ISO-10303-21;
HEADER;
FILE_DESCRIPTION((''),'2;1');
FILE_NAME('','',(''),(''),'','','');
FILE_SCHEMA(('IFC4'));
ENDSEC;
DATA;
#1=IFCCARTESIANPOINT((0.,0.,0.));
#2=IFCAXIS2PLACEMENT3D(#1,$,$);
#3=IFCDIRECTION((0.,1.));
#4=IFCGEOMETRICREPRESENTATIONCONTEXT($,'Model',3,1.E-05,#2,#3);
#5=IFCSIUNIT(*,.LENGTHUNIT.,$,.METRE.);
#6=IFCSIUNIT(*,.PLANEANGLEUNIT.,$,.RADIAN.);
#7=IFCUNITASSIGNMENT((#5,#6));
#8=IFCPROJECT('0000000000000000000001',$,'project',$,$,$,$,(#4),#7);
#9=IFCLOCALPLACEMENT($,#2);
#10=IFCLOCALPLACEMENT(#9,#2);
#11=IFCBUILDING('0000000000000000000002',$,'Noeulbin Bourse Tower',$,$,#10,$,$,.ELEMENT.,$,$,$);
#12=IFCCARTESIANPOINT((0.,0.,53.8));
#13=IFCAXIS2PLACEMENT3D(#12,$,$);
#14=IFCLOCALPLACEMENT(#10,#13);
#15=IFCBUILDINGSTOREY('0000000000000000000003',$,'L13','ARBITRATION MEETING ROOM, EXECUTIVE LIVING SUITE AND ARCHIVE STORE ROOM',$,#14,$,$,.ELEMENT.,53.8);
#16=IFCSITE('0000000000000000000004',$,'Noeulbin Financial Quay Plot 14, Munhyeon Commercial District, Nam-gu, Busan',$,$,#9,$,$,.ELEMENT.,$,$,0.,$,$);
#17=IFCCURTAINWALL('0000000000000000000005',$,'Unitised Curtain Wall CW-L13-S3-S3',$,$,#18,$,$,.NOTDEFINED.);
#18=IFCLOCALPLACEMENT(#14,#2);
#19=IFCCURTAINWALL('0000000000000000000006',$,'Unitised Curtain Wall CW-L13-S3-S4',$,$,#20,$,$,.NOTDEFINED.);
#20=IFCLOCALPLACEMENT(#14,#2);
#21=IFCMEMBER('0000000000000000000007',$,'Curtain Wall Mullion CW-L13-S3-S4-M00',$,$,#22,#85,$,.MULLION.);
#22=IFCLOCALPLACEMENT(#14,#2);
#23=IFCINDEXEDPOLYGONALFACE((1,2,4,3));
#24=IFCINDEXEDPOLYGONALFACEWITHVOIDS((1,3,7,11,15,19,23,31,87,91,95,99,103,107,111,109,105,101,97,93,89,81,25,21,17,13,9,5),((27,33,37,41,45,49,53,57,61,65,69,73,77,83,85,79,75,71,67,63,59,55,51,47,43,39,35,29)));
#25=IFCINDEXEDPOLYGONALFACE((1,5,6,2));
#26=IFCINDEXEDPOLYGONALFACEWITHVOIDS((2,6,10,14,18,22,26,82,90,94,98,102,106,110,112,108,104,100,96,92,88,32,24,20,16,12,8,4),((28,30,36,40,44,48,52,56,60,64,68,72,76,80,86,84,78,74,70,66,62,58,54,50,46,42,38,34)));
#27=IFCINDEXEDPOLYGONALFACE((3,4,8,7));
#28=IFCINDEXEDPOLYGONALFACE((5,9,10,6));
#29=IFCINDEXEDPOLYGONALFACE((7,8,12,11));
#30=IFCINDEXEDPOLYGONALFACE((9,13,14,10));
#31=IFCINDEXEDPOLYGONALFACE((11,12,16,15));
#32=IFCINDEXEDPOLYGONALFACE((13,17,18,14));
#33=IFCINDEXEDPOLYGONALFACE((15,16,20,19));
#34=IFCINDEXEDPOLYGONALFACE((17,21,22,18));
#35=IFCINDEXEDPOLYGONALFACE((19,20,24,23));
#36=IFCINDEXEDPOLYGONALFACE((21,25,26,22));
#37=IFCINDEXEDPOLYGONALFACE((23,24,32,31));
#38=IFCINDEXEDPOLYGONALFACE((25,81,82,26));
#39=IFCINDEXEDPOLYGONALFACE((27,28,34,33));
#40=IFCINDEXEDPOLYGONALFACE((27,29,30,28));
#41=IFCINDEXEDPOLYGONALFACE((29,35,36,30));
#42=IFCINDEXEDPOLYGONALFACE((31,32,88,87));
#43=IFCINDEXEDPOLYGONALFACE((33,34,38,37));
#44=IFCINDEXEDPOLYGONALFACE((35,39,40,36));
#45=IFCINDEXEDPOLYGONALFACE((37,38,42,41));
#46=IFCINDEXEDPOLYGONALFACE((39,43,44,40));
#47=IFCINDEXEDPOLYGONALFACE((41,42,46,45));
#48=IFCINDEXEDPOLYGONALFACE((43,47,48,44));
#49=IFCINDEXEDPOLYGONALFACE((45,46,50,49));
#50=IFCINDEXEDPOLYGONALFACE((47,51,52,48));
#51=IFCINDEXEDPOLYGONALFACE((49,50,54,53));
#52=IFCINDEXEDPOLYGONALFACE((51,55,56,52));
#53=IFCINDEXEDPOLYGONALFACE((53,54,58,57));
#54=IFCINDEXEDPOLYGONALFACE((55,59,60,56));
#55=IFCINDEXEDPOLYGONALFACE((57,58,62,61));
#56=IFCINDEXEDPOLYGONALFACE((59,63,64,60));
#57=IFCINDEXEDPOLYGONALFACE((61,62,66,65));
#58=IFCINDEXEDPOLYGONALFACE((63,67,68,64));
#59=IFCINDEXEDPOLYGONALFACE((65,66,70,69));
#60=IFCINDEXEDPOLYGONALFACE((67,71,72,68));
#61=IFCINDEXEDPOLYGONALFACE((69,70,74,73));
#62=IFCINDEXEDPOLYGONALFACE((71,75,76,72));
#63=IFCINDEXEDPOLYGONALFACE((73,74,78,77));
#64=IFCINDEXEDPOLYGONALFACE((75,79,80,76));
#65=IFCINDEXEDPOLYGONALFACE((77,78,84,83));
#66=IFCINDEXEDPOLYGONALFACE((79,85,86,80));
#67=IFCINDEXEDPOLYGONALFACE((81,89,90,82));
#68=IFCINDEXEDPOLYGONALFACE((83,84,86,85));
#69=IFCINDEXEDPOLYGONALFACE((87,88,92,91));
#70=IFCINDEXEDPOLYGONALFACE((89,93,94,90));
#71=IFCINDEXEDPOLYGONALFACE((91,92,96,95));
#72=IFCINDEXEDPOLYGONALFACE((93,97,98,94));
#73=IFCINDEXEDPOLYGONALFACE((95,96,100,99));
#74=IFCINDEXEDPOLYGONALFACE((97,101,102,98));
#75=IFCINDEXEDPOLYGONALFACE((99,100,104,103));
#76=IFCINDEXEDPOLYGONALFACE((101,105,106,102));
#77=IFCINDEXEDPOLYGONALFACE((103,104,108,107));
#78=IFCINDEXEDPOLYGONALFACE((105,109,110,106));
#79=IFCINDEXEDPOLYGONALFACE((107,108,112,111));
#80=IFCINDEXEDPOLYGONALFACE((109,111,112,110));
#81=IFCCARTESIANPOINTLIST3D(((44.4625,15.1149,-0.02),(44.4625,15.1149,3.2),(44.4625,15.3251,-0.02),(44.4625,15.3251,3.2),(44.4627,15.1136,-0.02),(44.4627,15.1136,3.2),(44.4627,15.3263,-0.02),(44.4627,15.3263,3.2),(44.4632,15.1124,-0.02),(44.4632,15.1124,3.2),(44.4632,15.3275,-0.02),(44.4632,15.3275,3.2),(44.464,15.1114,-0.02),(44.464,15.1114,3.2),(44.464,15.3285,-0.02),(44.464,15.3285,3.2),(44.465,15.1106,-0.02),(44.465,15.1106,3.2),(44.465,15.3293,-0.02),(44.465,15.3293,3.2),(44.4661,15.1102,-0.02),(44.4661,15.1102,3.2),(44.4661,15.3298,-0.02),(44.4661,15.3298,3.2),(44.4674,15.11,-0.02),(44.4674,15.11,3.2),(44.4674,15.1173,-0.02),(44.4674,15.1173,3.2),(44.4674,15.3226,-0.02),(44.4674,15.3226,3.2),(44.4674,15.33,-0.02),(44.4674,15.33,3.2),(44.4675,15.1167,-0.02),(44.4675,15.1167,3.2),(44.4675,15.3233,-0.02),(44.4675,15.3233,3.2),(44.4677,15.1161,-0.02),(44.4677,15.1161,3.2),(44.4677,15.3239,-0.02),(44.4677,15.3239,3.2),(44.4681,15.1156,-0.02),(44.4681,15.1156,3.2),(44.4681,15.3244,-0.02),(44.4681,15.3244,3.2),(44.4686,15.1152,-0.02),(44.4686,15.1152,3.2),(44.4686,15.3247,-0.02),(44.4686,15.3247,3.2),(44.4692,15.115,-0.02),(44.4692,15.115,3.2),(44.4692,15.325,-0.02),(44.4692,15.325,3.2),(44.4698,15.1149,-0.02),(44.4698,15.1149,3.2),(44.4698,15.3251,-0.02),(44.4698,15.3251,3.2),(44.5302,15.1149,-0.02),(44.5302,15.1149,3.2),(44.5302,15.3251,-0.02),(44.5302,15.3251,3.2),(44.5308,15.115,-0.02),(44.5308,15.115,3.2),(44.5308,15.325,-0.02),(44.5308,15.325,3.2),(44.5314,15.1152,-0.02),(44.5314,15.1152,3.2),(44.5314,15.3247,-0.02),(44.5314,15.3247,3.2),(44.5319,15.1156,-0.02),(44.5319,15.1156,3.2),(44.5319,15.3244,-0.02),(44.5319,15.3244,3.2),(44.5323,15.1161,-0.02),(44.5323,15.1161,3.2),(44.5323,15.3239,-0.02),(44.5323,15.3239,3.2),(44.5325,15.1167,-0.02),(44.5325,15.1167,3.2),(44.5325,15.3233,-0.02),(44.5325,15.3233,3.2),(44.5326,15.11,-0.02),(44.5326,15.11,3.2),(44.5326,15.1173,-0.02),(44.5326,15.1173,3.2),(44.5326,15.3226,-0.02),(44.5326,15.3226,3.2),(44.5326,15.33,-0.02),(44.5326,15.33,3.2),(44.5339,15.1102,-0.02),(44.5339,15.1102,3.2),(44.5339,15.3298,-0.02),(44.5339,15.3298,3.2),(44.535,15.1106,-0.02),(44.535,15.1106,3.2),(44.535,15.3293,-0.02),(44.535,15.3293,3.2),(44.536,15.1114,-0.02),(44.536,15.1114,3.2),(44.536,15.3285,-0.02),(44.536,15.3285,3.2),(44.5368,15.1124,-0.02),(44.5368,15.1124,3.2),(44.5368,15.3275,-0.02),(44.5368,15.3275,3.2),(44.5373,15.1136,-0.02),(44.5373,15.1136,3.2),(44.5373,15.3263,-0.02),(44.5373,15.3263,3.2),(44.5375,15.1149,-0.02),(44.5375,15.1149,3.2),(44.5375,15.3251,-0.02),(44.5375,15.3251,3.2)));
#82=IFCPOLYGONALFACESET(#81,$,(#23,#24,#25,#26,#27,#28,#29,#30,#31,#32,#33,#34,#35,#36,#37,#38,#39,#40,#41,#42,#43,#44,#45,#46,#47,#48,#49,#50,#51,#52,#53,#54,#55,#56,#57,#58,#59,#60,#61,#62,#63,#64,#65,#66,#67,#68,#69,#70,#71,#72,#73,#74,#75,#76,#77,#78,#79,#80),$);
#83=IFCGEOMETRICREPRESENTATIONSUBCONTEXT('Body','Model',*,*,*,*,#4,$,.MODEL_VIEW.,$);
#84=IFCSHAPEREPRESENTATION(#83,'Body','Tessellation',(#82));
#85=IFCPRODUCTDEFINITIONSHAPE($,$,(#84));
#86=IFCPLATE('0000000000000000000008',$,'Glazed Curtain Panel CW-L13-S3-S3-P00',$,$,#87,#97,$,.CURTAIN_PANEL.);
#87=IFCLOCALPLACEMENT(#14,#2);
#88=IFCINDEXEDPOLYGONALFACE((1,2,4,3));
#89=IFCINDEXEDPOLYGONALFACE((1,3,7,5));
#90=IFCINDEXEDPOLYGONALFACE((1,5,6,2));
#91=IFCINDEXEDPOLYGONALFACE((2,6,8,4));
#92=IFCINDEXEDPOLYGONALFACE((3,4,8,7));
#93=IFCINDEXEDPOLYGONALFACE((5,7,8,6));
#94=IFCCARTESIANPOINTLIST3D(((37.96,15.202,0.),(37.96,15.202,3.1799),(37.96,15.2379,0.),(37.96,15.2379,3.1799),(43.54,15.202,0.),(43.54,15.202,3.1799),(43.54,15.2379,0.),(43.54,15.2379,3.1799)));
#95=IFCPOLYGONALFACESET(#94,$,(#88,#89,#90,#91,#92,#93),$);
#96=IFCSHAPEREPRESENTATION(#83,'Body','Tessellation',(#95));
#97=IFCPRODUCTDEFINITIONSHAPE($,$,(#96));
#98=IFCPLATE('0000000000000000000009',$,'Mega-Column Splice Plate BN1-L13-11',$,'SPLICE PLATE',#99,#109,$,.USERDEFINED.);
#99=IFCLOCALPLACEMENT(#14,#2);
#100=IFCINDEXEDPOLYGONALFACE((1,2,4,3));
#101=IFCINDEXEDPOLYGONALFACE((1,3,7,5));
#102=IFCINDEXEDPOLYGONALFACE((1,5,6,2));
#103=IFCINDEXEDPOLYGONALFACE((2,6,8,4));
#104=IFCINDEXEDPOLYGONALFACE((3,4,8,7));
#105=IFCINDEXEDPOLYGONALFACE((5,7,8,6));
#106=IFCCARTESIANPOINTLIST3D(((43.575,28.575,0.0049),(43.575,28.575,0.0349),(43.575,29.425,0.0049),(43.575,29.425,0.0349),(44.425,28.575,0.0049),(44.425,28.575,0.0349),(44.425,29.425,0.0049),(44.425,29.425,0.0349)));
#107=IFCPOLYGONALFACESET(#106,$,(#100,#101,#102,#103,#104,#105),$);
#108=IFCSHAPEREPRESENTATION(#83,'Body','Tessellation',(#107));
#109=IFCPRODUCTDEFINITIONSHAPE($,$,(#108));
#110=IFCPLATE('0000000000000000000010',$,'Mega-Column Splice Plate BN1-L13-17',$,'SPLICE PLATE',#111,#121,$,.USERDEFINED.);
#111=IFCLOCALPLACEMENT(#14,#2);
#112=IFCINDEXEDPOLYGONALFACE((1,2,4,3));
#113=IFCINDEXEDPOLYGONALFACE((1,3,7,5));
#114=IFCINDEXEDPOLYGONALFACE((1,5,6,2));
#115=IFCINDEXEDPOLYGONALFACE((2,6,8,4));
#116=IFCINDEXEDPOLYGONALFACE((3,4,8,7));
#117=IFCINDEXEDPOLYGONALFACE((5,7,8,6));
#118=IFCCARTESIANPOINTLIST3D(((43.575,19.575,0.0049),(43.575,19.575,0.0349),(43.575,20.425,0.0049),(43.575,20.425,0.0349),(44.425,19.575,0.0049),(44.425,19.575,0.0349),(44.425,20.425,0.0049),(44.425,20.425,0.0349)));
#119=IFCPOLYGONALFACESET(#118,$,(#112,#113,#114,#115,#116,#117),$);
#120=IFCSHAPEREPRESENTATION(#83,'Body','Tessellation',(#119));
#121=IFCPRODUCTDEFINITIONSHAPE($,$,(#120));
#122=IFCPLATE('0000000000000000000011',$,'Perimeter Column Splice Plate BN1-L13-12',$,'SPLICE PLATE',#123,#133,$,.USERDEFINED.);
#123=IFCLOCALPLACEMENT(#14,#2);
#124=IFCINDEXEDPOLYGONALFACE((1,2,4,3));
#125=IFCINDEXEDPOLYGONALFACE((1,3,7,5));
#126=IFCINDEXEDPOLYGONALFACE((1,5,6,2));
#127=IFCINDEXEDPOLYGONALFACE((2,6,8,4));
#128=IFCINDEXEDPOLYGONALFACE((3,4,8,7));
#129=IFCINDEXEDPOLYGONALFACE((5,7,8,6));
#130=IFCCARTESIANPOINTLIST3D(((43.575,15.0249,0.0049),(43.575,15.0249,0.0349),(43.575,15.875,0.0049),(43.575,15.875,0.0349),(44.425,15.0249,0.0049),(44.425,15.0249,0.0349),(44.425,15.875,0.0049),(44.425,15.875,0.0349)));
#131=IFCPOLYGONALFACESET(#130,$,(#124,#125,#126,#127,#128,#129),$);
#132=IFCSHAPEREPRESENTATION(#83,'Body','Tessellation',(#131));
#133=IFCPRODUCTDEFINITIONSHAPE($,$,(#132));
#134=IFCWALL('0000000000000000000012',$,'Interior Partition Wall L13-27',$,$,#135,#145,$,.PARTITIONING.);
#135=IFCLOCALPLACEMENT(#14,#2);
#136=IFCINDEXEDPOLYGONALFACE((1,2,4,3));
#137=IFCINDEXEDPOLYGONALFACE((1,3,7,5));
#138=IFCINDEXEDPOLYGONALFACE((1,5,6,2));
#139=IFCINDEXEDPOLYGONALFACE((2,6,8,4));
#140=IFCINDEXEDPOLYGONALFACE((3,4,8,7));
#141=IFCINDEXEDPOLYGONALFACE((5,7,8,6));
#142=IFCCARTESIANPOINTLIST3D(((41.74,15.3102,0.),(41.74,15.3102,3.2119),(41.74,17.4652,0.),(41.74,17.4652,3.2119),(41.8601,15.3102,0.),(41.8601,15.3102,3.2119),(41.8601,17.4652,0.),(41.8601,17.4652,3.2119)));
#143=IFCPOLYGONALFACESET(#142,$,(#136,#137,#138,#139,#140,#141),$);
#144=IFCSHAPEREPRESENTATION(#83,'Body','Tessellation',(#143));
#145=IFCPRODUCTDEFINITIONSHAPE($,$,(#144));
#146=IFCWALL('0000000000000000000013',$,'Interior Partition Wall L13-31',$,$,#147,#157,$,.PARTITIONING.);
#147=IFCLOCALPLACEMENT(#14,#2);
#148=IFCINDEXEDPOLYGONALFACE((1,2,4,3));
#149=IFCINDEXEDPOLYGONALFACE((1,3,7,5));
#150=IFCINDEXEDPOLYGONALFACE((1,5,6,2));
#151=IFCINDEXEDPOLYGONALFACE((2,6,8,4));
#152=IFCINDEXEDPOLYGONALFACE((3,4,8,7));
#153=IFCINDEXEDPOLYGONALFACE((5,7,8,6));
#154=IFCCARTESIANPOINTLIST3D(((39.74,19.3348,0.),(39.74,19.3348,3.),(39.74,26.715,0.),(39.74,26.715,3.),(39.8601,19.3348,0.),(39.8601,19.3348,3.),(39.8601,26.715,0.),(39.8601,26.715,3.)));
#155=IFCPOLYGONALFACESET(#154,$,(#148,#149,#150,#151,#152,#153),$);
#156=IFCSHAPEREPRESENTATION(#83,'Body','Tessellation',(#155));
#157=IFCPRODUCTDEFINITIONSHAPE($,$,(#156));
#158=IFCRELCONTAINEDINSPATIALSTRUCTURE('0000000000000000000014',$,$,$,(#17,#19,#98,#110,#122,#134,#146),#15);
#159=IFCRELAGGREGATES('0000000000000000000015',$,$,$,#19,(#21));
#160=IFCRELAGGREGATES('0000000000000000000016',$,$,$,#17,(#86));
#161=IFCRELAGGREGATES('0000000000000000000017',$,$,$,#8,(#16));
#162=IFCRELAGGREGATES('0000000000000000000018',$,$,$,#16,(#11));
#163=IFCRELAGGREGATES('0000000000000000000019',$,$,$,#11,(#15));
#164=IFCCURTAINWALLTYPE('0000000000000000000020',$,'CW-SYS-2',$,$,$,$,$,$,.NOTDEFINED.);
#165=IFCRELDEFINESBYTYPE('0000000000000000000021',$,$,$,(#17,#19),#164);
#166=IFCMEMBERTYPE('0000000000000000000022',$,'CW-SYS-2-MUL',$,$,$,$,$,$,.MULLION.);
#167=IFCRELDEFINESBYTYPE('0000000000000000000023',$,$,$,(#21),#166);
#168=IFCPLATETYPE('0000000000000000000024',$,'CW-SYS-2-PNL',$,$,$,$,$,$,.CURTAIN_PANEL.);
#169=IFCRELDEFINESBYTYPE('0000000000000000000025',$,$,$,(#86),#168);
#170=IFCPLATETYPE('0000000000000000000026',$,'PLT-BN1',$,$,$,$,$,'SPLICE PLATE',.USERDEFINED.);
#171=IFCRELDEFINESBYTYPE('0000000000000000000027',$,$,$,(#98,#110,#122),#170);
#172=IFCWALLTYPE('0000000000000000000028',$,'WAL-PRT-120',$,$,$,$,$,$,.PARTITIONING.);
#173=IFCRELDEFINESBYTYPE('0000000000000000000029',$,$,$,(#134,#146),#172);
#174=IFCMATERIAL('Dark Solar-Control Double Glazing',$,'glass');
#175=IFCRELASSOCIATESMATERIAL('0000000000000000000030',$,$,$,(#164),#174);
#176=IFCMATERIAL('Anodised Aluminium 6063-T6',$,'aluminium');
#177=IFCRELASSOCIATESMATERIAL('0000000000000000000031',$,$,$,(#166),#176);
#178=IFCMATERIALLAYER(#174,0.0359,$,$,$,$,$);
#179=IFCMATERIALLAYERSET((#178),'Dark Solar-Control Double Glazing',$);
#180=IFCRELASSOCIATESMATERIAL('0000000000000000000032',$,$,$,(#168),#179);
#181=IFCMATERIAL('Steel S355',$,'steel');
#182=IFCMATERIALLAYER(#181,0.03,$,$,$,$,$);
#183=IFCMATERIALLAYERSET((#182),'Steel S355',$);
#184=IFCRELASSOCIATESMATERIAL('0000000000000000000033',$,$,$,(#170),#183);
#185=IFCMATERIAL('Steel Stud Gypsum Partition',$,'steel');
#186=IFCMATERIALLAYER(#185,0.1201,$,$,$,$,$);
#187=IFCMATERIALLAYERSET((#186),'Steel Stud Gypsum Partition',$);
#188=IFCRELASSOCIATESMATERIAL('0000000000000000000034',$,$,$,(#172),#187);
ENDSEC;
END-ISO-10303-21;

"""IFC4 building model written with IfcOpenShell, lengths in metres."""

from ifc_helpers import new_model, si_unit, direction, frame, frame_2d, origin, origin_2d, place, context, subcontext, project, spatial, rectangle, hollow_rectangle, extrude, material, layer, layer_set, material_profile, profile_set, type_object, element, aggregate, save


model = new_model("IFC4")

# Units and contexts
model_context = context("Model", 3, precision=1e-05, world=origin(), true_north=direction((0.0, 1.0)))
body_context = subcontext(model_context, "Body", "Model", "MODEL_VIEW")
ifc_project = project(units=[si_unit("LENGTHUNIT", "METRE"), si_unit("PLANEANGLEUNIT", "RADIAN")], contexts=[model_context])

# Site, building, storey
site_placement = place(None, origin())
site = spatial("IfcSite", under=ifc_project, at=site_placement, Name="Noeulbin Financial Quay Plot 14, Munhyeon Commercial District, Nam-gu, Busan", CompositionType="ELEMENT", RefElevation=0.0)
building_placement = place(site_placement, origin())
building = spatial("IfcBuilding", under=site, at=building_placement, Name="Noeulbin Bourse Tower", CompositionType="ELEMENT")
storey_placement = place(building_placement, frame((0.0, 0.0, 53.8)))
storey = spatial("IfcBuildingStorey", under=building, at=storey_placement, Name="L13", Description="ARBITRATION MEETING ROOM, EXECUTIVE LIVING SUITE AND ARCHIVE STORE ROOM", CompositionType="ELEMENT", Elevation=53.8)

# Shared definitions
ifc_material_1 = material(Name="Steel S355", Category="steel")

# Curtain walls, member
ifc_material_2 = material(Name="Dark Solar-Control Double Glazing", Category="glass")
curtain_wall_type = type_object("IfcCurtainWallType", Name="CW-SYS-2", PredefinedType="NOTDEFINED", material=ifc_material_2)
curtain_wall_1_placement = place(storey_placement, origin())
curtain_wall_1 = element("IfcCurtainWall", 1, at=curtain_wall_1_placement, inside=storey, type_object=curtain_wall_type, Name="Unitised Curtain Wall CW-L13-S3-S3", PredefinedType="NOTDEFINED")
ifc_material_3 = material(Name="Anodised Aluminium 6063-T6", Category="aluminium")
ifc_material_profile_1 = material_profile(ifc_material_3, hollow_rectangle(XDim=0.075, YDim=0.22, WallThickness=0.0049, InnerFilletRadius=0.0024, OuterFilletRadius=0.0049, at=origin_2d()), Name="ALU-MULL-75x220x5", Category="LoadBearing")
ifc_profile_set_1 = profile_set([ifc_material_profile_1], Name="Anodised Aluminium 6063-T6")
member_type = type_object("IfcMemberType", Name="CW-SYS-2-MUL", PredefinedType="MULLION", material=ifc_profile_set_1)
curtain_wall_2_placement = place(storey_placement, origin())
curtain_wall_2 = element("IfcCurtainWall", 2, at=curtain_wall_2_placement, inside=storey, type_object=curtain_wall_type, Name="Unitised Curtain Wall CW-L13-S3-S4", PredefinedType="NOTDEFINED")
member_1_placement = place(storey_placement, frame((44.5, 15.22, -0.02), z_axis=(0.0, 0.0, 1.0), x_axis=(1.0, 0.0, 0.0)))
member_1 = element("IfcMember", 3, at=member_1_placement, type_object=member_type, Name="Curtain Wall Mullion CW-L13-S3-S4-M00", PredefinedType="MULLION", context=body_context, shape_type="SweptSolid", body=[
    extrude(hollow_rectangle(XDim=0.075, YDim=0.22, WallThickness=0.0049, InnerFilletRadius=0.0024, OuterFilletRadius=0.0049, at=origin_2d()), origin(), (0.0, 0.0, 1.0), 3.22),
])
aggregate(curtain_wall_2, [member_1])

# Plate
ifc_layer_1 = layer(ifc_material_2, 0.0359)
ifc_layer_set_1 = layer_set([ifc_layer_1], Name="Dark Solar-Control Double Glazing")
plate_type_1 = type_object("IfcPlateType", Name="CW-SYS-2-PNL", PredefinedType="CURTAIN_PANEL", material=ifc_layer_set_1)
plate_placement = place(storey_placement, frame((40.75, 15.22, 0.0), z_axis=(0.0, 0.0, 1.0), x_axis=(1.0, 0.0, 0.0)))
plate = element("IfcPlate", 4, at=plate_placement, type_object=plate_type_1, Name="Glazed Curtain Panel CW-L13-S3-S3-P00", PredefinedType="CURTAIN_PANEL", context=body_context, shape_type="SweptSolid", body=[
    extrude(rectangle(XDim=5.5801, YDim=0.0359, at=origin_2d()), origin(), (0.0, 0.0, 1.0), 3.1799),
])
aggregate(curtain_wall_1, [plate])

# Plates
ifc_layer_2 = layer(ifc_material_1, 0.03)
ifc_layer_set_2 = layer_set([ifc_layer_2], Name="Steel S355")
plate_type_2 = type_object("IfcPlateType", Name="PLT-BN1", ElementType="SPLICE PLATE", PredefinedType="USERDEFINED", material=ifc_layer_set_2)
for number, where, z_axis, x_axis, name in (
    (5, (44.0, 29.0, 0.0049), (0.0, 0.0, 1.0), (1.0, 0.0, 0.0), "Mega-Column Splice Plate BN1-L13-11"),
    (6, (44.0, 20.0, 0.0049), (0.0, 0.0, 1.0), (1.0, 0.0, 0.0), "Mega-Column Splice Plate BN1-L13-17"),
    (7, (44.0, 15.45, 0.0049), (0.0, 0.0, 1.0), (1.0, 0.0, 0.0), "Perimeter Column Splice Plate BN1-L13-12"),
):
    element("IfcPlate", number, at=place(storey_placement, frame(where, z_axis=z_axis, x_axis=x_axis)), inside=storey, type_object=plate_type_2, Name=name, ObjectType="SPLICE PLATE", PredefinedType="USERDEFINED", context=body_context, shape_type="SweptSolid", body=[
        extrude(rectangle(XDim=0.8501, YDim=0.8501, at=origin_2d()), origin(), (0.0, 0.0, 1.0), 0.03),
    ])

# Walls
ifc_material_4 = material(Name="Steel Stud Gypsum Partition", Category="steel")
ifc_layer_3 = layer(ifc_material_4, 0.1201)
ifc_layer_set_3 = layer_set([ifc_layer_3], Name="Steel Stud Gypsum Partition")
wall_type = type_object("IfcWallType", Name="WAL-PRT-120", PredefinedType="PARTITIONING", material=ifc_layer_set_3)
wall_1_placement = place(storey_placement, frame((41.8, 15.3101, 0.0), z_axis=(0.0, 0.0, 1.0), x_axis=(0.0, 1.0, 0.0)))
element("IfcWall", 8, at=wall_1_placement, inside=storey, type_object=wall_type, Name="Interior Partition Wall L13-27", PredefinedType="PARTITIONING", context=body_context, shape_type="SweptSolid", body=[
    extrude(rectangle(XDim=2.155, YDim=0.1201, at=frame_2d((1.0776, 0.0))), origin(), (0.0, 0.0, 1.0), 3.2119),
])
wall_2_placement = place(storey_placement, frame((39.8, 19.335, 0.0), z_axis=(0.0, 0.0, 1.0), x_axis=(0.0, 1.0, 0.0)))
element("IfcWall", 9, at=wall_2_placement, inside=storey, type_object=wall_type, Name="Interior Partition Wall L13-31", PredefinedType="PARTITIONING", context=body_context, shape_type="SweptSolid", body=[
    extrude(rectangle(XDim=7.3801, YDim=0.1201, at=frame_2d((3.6899, 0.0))), origin(), (0.0, 0.0, 1.0), 3.0),
])

save(model, "model.ifc")
